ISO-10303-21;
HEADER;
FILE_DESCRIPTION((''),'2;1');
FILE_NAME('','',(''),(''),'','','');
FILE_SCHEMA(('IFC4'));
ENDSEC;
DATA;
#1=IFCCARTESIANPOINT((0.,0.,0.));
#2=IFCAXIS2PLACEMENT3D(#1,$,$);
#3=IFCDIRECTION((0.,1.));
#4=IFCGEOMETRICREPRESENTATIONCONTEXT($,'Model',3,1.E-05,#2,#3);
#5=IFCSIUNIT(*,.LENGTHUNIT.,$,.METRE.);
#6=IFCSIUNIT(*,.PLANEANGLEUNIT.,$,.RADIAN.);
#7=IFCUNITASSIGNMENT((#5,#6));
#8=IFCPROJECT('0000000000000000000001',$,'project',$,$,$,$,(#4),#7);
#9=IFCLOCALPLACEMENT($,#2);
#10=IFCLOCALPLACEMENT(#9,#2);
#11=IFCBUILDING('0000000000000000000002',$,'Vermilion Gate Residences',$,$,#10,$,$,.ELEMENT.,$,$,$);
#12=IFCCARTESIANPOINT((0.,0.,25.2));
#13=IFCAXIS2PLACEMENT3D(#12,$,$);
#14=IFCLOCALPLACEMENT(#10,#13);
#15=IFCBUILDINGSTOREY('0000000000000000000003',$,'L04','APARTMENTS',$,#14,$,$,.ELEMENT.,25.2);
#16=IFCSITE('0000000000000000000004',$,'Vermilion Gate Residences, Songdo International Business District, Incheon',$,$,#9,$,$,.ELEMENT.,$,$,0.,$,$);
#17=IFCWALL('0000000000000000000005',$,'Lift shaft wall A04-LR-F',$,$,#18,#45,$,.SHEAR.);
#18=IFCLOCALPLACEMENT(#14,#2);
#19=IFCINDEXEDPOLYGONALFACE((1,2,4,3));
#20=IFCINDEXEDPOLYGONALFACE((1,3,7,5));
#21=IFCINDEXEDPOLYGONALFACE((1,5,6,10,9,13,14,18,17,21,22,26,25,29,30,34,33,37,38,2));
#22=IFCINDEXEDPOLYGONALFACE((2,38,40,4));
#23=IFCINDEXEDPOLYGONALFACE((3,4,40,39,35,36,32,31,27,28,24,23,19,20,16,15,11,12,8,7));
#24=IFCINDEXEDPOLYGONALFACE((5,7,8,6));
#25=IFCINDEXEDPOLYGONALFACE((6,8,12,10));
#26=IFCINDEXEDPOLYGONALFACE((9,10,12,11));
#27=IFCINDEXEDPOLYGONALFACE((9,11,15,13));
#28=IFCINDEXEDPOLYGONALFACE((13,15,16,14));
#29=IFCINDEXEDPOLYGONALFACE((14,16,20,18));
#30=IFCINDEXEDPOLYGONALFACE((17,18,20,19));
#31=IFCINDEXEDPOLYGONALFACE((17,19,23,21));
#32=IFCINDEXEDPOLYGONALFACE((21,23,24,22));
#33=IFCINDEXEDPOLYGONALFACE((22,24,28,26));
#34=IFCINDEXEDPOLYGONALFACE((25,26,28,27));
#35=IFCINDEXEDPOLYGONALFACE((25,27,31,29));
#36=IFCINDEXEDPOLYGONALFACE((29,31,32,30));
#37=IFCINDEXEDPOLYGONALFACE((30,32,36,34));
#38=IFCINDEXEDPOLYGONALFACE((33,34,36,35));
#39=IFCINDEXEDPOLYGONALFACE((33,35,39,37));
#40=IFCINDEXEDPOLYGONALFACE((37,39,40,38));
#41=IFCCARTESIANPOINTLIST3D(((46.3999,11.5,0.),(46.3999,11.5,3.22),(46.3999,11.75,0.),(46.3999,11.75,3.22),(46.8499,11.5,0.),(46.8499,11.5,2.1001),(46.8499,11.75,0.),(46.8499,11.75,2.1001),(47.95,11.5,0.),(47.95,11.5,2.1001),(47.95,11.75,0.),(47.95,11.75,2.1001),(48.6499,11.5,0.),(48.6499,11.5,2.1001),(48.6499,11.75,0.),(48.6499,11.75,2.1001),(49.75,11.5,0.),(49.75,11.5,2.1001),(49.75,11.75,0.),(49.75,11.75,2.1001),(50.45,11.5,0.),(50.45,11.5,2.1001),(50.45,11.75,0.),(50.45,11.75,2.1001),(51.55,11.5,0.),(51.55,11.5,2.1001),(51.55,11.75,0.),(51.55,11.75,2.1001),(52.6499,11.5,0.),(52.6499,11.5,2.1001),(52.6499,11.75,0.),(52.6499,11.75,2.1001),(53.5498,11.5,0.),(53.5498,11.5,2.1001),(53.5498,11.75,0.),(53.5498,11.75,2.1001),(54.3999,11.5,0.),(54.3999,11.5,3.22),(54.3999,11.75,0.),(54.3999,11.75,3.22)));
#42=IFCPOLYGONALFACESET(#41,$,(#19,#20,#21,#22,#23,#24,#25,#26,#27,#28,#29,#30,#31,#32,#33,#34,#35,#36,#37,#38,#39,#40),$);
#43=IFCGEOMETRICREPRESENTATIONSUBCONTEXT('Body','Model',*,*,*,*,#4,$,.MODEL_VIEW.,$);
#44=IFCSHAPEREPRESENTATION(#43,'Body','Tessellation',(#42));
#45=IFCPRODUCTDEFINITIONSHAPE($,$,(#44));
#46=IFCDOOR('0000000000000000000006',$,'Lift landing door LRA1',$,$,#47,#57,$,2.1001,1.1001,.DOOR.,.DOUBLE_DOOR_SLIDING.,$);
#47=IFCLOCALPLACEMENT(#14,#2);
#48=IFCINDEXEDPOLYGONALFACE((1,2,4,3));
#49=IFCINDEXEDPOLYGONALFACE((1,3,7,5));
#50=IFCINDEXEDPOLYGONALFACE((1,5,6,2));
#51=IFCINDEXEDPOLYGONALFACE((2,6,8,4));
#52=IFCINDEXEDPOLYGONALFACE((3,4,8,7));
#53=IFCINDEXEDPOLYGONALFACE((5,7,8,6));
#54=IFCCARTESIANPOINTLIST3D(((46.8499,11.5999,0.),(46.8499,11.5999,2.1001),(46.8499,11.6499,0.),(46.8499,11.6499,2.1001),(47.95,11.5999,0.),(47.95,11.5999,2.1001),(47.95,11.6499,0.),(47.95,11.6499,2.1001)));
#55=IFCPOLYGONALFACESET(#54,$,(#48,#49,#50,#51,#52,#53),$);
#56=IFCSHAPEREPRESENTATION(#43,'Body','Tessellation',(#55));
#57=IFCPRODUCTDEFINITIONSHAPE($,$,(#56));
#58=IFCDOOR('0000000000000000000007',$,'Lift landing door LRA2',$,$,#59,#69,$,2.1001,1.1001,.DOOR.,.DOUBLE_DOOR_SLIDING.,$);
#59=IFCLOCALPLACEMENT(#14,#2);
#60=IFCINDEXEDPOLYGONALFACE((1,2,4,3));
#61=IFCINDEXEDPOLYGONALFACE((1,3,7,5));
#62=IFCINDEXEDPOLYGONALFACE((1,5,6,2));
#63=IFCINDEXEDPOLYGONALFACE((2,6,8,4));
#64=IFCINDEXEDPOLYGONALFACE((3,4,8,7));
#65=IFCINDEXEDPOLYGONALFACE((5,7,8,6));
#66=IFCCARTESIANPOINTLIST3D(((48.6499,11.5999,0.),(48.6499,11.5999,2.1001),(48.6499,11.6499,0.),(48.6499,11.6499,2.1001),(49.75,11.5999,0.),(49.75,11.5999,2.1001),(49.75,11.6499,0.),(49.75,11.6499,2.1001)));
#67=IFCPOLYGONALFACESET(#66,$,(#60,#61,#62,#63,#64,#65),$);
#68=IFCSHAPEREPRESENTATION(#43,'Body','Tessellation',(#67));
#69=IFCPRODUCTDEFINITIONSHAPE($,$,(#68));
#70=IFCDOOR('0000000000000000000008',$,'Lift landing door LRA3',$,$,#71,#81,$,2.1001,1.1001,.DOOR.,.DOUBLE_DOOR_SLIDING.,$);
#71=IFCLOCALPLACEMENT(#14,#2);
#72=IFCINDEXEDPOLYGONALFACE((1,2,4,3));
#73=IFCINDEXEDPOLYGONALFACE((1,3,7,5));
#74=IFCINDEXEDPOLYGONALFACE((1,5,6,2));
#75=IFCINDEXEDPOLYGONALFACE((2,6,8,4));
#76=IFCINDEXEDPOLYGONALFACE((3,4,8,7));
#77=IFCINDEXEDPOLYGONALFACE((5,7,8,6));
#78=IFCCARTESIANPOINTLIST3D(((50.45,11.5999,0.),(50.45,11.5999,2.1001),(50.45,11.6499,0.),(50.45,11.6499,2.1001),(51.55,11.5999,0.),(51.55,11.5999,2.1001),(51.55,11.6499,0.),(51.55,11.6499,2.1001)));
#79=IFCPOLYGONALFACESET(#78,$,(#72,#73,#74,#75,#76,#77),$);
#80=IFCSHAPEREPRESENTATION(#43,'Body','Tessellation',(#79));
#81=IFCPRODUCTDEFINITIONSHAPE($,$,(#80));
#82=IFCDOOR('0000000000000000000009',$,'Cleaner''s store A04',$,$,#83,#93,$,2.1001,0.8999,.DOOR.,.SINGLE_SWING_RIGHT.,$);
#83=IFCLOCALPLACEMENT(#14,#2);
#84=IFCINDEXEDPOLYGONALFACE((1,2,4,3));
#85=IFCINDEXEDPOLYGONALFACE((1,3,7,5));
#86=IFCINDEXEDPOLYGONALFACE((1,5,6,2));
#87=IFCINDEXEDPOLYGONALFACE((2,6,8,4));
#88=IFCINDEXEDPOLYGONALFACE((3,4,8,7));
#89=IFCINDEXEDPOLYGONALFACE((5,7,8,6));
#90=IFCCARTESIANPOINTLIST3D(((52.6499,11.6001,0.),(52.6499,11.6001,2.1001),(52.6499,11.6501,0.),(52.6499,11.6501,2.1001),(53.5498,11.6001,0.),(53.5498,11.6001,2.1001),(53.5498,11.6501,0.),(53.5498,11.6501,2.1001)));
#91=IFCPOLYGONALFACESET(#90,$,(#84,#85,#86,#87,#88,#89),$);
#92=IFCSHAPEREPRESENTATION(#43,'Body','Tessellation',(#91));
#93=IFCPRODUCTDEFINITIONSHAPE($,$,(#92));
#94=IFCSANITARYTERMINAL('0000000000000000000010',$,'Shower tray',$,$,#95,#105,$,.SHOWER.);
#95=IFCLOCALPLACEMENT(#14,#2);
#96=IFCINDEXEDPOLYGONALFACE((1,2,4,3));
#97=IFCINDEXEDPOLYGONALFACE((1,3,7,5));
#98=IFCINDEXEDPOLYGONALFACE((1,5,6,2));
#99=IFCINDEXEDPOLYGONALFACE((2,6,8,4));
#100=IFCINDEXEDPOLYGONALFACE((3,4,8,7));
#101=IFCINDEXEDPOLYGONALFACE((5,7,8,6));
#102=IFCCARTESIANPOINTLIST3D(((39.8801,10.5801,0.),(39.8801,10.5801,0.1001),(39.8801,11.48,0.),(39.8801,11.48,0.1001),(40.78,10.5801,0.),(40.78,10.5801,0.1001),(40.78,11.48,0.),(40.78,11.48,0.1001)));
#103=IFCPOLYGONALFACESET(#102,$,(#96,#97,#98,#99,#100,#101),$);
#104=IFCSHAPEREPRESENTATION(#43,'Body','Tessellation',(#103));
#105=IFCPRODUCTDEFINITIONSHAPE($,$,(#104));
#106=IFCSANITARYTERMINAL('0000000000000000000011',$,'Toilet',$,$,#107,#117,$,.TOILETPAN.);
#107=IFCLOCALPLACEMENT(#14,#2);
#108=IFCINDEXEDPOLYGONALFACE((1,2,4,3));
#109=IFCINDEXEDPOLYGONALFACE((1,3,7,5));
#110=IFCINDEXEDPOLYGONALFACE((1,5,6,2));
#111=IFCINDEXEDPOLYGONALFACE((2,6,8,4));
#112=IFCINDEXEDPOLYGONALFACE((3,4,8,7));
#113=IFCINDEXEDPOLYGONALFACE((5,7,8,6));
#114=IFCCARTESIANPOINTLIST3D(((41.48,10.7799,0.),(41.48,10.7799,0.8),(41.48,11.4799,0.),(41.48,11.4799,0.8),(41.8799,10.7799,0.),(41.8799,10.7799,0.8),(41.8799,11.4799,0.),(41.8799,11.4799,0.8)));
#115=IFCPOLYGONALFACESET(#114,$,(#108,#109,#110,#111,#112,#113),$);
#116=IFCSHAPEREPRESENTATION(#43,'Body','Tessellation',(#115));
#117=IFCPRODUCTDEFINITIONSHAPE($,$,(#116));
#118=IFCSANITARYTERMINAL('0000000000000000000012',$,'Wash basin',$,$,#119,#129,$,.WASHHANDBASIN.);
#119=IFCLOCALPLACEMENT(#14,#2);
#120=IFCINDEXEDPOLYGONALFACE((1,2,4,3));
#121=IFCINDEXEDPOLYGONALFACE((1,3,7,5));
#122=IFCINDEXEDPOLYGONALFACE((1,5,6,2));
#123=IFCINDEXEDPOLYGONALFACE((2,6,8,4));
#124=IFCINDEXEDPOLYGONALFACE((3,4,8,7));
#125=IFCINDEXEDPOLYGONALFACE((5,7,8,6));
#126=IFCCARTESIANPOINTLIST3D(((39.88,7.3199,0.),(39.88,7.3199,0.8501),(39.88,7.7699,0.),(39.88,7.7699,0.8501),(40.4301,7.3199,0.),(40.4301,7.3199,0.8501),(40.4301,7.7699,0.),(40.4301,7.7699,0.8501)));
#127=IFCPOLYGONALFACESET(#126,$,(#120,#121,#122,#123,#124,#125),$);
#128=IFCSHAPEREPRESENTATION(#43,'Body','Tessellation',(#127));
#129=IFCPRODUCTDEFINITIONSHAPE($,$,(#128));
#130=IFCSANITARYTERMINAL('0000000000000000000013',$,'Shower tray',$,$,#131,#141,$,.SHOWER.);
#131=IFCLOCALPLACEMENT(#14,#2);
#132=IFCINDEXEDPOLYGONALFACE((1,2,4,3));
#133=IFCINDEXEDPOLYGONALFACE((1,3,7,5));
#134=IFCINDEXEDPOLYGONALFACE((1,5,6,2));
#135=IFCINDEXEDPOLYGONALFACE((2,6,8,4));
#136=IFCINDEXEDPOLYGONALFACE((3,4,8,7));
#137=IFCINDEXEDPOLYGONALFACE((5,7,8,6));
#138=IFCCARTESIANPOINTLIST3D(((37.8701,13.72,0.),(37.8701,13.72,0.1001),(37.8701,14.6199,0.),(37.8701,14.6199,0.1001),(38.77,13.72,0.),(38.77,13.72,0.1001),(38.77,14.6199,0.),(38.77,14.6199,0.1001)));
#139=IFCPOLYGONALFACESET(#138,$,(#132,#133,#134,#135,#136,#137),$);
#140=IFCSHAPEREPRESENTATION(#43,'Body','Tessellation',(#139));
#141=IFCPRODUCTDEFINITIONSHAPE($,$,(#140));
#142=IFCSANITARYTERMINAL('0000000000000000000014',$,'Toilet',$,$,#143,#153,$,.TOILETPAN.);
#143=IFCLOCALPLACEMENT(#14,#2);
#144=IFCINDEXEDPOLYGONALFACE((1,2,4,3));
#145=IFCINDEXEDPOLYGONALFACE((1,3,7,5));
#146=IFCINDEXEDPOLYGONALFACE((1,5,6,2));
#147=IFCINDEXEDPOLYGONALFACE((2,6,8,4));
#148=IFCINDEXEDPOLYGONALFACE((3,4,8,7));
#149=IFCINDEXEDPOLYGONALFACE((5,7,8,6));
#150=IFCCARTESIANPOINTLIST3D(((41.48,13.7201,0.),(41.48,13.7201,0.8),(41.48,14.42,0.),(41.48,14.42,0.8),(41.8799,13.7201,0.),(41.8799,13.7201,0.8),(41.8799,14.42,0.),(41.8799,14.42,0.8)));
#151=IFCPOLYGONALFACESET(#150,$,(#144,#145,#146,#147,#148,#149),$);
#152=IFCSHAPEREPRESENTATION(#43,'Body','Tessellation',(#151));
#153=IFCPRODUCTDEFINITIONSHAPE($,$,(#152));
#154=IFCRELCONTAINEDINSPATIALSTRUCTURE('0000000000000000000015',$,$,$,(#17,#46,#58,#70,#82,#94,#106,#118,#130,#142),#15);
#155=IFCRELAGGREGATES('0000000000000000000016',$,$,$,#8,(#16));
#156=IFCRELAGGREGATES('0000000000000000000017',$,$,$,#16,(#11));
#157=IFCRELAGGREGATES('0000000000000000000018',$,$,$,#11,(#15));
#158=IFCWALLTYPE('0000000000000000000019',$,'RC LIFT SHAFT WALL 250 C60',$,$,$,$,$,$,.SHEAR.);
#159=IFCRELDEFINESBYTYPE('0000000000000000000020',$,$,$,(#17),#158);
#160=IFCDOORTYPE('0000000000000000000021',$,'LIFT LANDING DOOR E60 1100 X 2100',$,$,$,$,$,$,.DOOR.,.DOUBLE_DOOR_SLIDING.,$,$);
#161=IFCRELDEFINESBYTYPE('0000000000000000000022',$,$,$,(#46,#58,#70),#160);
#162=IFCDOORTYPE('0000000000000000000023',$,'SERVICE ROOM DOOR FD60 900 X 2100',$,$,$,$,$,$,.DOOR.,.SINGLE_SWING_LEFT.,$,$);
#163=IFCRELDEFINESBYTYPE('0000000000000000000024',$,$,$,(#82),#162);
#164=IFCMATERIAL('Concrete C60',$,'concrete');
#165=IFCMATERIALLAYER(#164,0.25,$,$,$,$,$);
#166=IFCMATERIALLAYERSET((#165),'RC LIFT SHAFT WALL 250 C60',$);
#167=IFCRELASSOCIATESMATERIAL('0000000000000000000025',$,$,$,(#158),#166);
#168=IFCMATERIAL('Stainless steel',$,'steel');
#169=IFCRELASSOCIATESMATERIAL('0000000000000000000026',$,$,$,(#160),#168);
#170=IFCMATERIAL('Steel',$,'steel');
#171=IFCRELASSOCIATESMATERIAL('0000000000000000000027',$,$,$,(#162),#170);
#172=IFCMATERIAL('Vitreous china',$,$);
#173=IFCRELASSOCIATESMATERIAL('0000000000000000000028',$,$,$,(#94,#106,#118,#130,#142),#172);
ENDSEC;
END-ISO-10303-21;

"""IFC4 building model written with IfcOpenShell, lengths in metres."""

from ifc_helpers import new_model, si_unit, direction, frame, frame_2d, origin, origin_2d, place, context, subcontext, project, spatial, rectangle, extrude, material, layer, layer_set, type_object, element, fill, save


model = new_model("IFC4")

# Units and contexts
model_context = context("Model", 3, precision=1e-05, world=origin(), true_north=direction((0.0, 1.0)))
body_context = subcontext(model_context, "Body", "Model", "MODEL_VIEW")
ifc_project = project(units=[si_unit("LENGTHUNIT", "METRE"), si_unit("PLANEANGLEUNIT", "RADIAN")], contexts=[model_context])

# Site, building, storey
site_placement = place(None, origin())
site = spatial("IfcSite", under=ifc_project, at=site_placement, Name="Vermilion Gate Residences, Songdo International Business District, Incheon", CompositionType="ELEMENT", RefElevation=0.0)
building_placement = place(site_placement, origin())
building = spatial("IfcBuilding", under=site, at=building_placement, Name="Vermilion Gate Residences", CompositionType="ELEMENT")
storey_placement = place(building_placement, frame((0.0, 0.0, 25.2)))
storey = spatial("IfcBuildingStorey", under=building, at=storey_placement, Name="L04", Description="APARTMENTS", CompositionType="ELEMENT", Elevation=25.2)

# Wall, openings, doors
ifc_material_1 = material(Name="Concrete C60", Category="concrete")
ifc_layer_1 = layer(ifc_material_1, 0.25)
ifc_layer_set_1 = layer_set([ifc_layer_1], Name="RC LIFT SHAFT WALL 250 C60")
wall_type_1 = type_object("IfcWallType", Name="RC LIFT SHAFT WALL 250 C60", PredefinedType="SHEAR", material=ifc_layer_set_1)
wall_1_placement = place(storey_placement, frame((46.3999, 11.625, 0.0), z_axis=(0.0, 0.0, 1.0), x_axis=(1.0, 0.0, 0.0)))
wall_1 = element("IfcWall", 1, at=wall_1_placement, inside=storey, type_object=wall_type_1, Name="Lift shaft wall A04-LR-F", PredefinedType="SHEAR", context=body_context, shape_type="SweptSolid", body=[
    extrude(rectangle(XDim=8.0, YDim=0.25, at=frame_2d((4.0, 0.0))), origin(), (0.0, 0.0, 1.0), 3.22),
])
opening_1_placement = place(wall_1_placement, frame((0.45, 0.0, 0.0)))
opening_1 = element("IfcOpeningElement", 2, at=opening_1_placement, cuts=wall_1, PredefinedType="OPENING", context=body_context, shape_type="SweptSolid", body=[
    extrude(rectangle(XDim=1.1001, YDim=2.1001, at=frame_2d((0.55, 1.05))), frame((0.0, 0.135, 0.0), z_axis=(0.0, -1.0, 0.0), x_axis=(1.0, 0.0, 0.0)), (0.0, 0.0, 1.0), 0.27),
])
opening_2_placement = place(wall_1_placement, frame((2.25, 0.0, 0.0)))
opening_2 = element("IfcOpeningElement", 3, at=opening_2_placement, cuts=wall_1, PredefinedType="OPENING", context=body_context, shape_type="SweptSolid", body=[
    extrude(rectangle(XDim=1.1001, YDim=2.1001, at=frame_2d((0.55, 1.05))), frame((0.0, 0.135, 0.0), z_axis=(0.0, -1.0, 0.0), x_axis=(1.0, 0.0, 0.0)), (0.0, 0.0, 1.0), 0.27),
])
opening_3_placement = place(wall_1_placement, frame((4.05, 0.0, 0.0)))
opening_3 = element("IfcOpeningElement", 4, at=opening_3_placement, cuts=wall_1, PredefinedType="OPENING", context=body_context, shape_type="SweptSolid", body=[
    extrude(rectangle(XDim=1.1001, YDim=2.1001, at=frame_2d((0.55, 1.05))), frame((0.0, 0.135, 0.0), z_axis=(0.0, -1.0, 0.0), x_axis=(1.0, 0.0, 0.0)), (0.0, 0.0, 1.0), 0.27),
])
opening_4_placement = place(wall_1_placement, frame((6.25, 0.0, 0.0)))
opening_4 = element("IfcOpeningElement", 5, at=opening_4_placement, cuts=wall_1, PredefinedType="OPENING", context=body_context, shape_type="SweptSolid", body=[
    extrude(rectangle(XDim=0.8999, YDim=2.1001, at=frame_2d((0.45, 1.05))), frame((0.0, 0.135, 0.0), z_axis=(0.0, -1.0, 0.0), x_axis=(1.0, 0.0, 0.0)), (0.0, 0.0, 1.0), 0.27),
])
ifc_material_2 = material(Name="Stainless steel", Category="steel")
door_type_1 = type_object("IfcDoorType", Name="LIFT LANDING DOOR E60 1100 X 2100", OperationType="DOUBLE_DOOR_SLIDING", PredefinedType="DOOR", material=ifc_material_2)
door_1_placement = place(opening_1_placement, origin())
door_1 = element("IfcDoor", 6, at=door_1_placement, inside=storey, type_object=door_type_1, Name="Lift landing door LRA1", OperationType="DOUBLE_DOOR_SLIDING", OverallHeight=2.1001, OverallWidth=1.1001, PredefinedType="DOOR", context=body_context, shape_type="SweptSolid", body=[
    extrude(rectangle(XDim=1.1001, YDim=2.1001, at=frame_2d((0.55, 1.05))), frame((0.0, 0.0249, 0.0), z_axis=(0.0, -1.0, 0.0), x_axis=(1.0, 0.0, 0.0)), (0.0, 0.0, 1.0), 0.05),
])
fill(opening_1, door_1)
door_2_placement = place(opening_2_placement, origin())
door_2 = element("IfcDoor", 7, at=door_2_placement, inside=storey, type_object=door_type_1, Name="Lift landing door LRA2", OperationType="DOUBLE_DOOR_SLIDING", OverallHeight=2.1001, OverallWidth=1.1001, PredefinedType="DOOR", context=body_context, shape_type="SweptSolid", body=[
    extrude(rectangle(XDim=1.1001, YDim=2.1001, at=frame_2d((0.55, 1.05))), frame((0.0, 0.0249, 0.0), z_axis=(0.0, -1.0, 0.0), x_axis=(1.0, 0.0, 0.0)), (0.0, 0.0, 1.0), 0.05),
])
fill(opening_2, door_2)
door_3_placement = place(opening_3_placement, origin())
door_3 = element("IfcDoor", 8, at=door_3_placement, inside=storey, type_object=door_type_1, Name="Lift landing door LRA3", OperationType="DOUBLE_DOOR_SLIDING", OverallHeight=2.1001, OverallWidth=1.1001, PredefinedType="DOOR", context=body_context, shape_type="SweptSolid", body=[
    extrude(rectangle(XDim=1.1001, YDim=2.1001, at=frame_2d((0.55, 1.05))), frame((0.0, 0.0249, 0.0), z_axis=(0.0, -1.0, 0.0), x_axis=(1.0, 0.0, 0.0)), (0.0, 0.0, 1.0), 0.05),
])
fill(opening_3, door_3)
ifc_material_3 = material(Name="Steel", Category="steel")
door_type_2 = type_object("IfcDoorType", Name="SERVICE ROOM DOOR FD60 900 X 2100", OperationType="SINGLE_SWING_LEFT", PredefinedType="DOOR", material=ifc_material_3)
door_4_placement = place(opening_4_placement, frame((0.8999, 0.0, 0.0), z_axis=(0.0, 0.0, 1.0), x_axis=(-1.0, 0.0, 0.0)))
door_4 = element("IfcDoor", 9, at=door_4_placement, inside=storey, type_object=door_type_2, Name="Cleaner's store A04", OperationType="SINGLE_SWING_RIGHT", OverallHeight=2.1001, OverallWidth=0.8999, PredefinedType="DOOR", context=body_context, shape_type="SweptSolid", body=[
    extrude(rectangle(XDim=0.8999, YDim=2.1001, at=frame_2d((0.45, 1.05))), frame((0.0, 0.0249, 0.0), z_axis=(0.0, -1.0, 0.0), x_axis=(1.0, 0.0, 0.0)), (0.0, 0.0, 1.0), 0.05),
])
fill(opening_4, door_4)

# Sanitary terminals
ifc_material_4 = material(Name="Vitreous china")
sanitary_terminal_1_placement = place(storey_placement, frame((40.3301, 11.03, 0.0), z_axis=(0.0, 0.0, 1.0), x_axis=(1.0, 0.0, 0.0)))
element("IfcSanitaryTerminal", 10, at=sanitary_terminal_1_placement, inside=storey, material=ifc_material_4, Name="Shower tray", PredefinedType="SHOWER", context=body_context, shape_type="SweptSolid", body=[
    extrude(rectangle(XDim=0.8999, YDim=0.8999, at=origin_2d()), origin(), (0.0, 0.0, 1.0), 0.1001),
])
sanitary_terminal_2_placement = place(storey_placement, frame((41.6799, 11.1299, 0.0), z_axis=(0.0, 0.0, 1.0), x_axis=(1.0, 0.0, 0.0)))
element("IfcSanitaryTerminal", 11, at=sanitary_terminal_2_placement, inside=storey, material=ifc_material_4, Name="Toilet", PredefinedType="TOILETPAN", context=body_context, shape_type="SweptSolid", body=[
    extrude(rectangle(XDim=0.3999, YDim=0.7, at=origin_2d()), origin(), (0.0, 0.0, 1.0), 0.8),
])
sanitary_terminal_3_placement = place(storey_placement, frame((40.155, 7.5449, 0.0), z_axis=(0.0, 0.0, 1.0), x_axis=(1.0, 0.0, 0.0)))
element("IfcSanitaryTerminal", 12, at=sanitary_terminal_3_placement, inside=storey, material=ifc_material_4, Name="Wash basin", PredefinedType="WASHHANDBASIN", context=body_context, shape_type="SweptSolid", body=[
    extrude(rectangle(XDim=0.55, YDim=0.45, at=origin_2d()), origin(), (0.0, 0.0, 1.0), 0.8501),
])
sanitary_terminal_4_placement = place(storey_placement, frame((38.3201, 14.1699, 0.0), z_axis=(0.0, 0.0, 1.0), x_axis=(1.0, 0.0, 0.0)))
element("IfcSanitaryTerminal", 13, at=sanitary_terminal_4_placement, inside=storey, material=ifc_material_4, Name="Shower tray", PredefinedType="SHOWER", context=body_context, shape_type="SweptSolid", body=[
    extrude(rectangle(XDim=0.8999, YDim=0.8999, at=origin_2d()), origin(), (0.0, 0.0, 1.0), 0.1001),
])
sanitary_terminal_5_placement = place(storey_placement, frame((41.6799, 14.0701, 0.0), z_axis=(0.0, 0.0, 1.0), x_axis=(1.0, 0.0, 0.0)))
element("IfcSanitaryTerminal", 14, at=sanitary_terminal_5_placement, inside=storey, material=ifc_material_4, Name="Toilet", PredefinedType="TOILETPAN", context=body_context, shape_type="SweptSolid", body=[
    extrude(rectangle(XDim=0.3999, YDim=0.7, at=origin_2d()), origin(), (0.0, 0.0, 1.0), 0.8),
])

save(model, "model.ifc")
